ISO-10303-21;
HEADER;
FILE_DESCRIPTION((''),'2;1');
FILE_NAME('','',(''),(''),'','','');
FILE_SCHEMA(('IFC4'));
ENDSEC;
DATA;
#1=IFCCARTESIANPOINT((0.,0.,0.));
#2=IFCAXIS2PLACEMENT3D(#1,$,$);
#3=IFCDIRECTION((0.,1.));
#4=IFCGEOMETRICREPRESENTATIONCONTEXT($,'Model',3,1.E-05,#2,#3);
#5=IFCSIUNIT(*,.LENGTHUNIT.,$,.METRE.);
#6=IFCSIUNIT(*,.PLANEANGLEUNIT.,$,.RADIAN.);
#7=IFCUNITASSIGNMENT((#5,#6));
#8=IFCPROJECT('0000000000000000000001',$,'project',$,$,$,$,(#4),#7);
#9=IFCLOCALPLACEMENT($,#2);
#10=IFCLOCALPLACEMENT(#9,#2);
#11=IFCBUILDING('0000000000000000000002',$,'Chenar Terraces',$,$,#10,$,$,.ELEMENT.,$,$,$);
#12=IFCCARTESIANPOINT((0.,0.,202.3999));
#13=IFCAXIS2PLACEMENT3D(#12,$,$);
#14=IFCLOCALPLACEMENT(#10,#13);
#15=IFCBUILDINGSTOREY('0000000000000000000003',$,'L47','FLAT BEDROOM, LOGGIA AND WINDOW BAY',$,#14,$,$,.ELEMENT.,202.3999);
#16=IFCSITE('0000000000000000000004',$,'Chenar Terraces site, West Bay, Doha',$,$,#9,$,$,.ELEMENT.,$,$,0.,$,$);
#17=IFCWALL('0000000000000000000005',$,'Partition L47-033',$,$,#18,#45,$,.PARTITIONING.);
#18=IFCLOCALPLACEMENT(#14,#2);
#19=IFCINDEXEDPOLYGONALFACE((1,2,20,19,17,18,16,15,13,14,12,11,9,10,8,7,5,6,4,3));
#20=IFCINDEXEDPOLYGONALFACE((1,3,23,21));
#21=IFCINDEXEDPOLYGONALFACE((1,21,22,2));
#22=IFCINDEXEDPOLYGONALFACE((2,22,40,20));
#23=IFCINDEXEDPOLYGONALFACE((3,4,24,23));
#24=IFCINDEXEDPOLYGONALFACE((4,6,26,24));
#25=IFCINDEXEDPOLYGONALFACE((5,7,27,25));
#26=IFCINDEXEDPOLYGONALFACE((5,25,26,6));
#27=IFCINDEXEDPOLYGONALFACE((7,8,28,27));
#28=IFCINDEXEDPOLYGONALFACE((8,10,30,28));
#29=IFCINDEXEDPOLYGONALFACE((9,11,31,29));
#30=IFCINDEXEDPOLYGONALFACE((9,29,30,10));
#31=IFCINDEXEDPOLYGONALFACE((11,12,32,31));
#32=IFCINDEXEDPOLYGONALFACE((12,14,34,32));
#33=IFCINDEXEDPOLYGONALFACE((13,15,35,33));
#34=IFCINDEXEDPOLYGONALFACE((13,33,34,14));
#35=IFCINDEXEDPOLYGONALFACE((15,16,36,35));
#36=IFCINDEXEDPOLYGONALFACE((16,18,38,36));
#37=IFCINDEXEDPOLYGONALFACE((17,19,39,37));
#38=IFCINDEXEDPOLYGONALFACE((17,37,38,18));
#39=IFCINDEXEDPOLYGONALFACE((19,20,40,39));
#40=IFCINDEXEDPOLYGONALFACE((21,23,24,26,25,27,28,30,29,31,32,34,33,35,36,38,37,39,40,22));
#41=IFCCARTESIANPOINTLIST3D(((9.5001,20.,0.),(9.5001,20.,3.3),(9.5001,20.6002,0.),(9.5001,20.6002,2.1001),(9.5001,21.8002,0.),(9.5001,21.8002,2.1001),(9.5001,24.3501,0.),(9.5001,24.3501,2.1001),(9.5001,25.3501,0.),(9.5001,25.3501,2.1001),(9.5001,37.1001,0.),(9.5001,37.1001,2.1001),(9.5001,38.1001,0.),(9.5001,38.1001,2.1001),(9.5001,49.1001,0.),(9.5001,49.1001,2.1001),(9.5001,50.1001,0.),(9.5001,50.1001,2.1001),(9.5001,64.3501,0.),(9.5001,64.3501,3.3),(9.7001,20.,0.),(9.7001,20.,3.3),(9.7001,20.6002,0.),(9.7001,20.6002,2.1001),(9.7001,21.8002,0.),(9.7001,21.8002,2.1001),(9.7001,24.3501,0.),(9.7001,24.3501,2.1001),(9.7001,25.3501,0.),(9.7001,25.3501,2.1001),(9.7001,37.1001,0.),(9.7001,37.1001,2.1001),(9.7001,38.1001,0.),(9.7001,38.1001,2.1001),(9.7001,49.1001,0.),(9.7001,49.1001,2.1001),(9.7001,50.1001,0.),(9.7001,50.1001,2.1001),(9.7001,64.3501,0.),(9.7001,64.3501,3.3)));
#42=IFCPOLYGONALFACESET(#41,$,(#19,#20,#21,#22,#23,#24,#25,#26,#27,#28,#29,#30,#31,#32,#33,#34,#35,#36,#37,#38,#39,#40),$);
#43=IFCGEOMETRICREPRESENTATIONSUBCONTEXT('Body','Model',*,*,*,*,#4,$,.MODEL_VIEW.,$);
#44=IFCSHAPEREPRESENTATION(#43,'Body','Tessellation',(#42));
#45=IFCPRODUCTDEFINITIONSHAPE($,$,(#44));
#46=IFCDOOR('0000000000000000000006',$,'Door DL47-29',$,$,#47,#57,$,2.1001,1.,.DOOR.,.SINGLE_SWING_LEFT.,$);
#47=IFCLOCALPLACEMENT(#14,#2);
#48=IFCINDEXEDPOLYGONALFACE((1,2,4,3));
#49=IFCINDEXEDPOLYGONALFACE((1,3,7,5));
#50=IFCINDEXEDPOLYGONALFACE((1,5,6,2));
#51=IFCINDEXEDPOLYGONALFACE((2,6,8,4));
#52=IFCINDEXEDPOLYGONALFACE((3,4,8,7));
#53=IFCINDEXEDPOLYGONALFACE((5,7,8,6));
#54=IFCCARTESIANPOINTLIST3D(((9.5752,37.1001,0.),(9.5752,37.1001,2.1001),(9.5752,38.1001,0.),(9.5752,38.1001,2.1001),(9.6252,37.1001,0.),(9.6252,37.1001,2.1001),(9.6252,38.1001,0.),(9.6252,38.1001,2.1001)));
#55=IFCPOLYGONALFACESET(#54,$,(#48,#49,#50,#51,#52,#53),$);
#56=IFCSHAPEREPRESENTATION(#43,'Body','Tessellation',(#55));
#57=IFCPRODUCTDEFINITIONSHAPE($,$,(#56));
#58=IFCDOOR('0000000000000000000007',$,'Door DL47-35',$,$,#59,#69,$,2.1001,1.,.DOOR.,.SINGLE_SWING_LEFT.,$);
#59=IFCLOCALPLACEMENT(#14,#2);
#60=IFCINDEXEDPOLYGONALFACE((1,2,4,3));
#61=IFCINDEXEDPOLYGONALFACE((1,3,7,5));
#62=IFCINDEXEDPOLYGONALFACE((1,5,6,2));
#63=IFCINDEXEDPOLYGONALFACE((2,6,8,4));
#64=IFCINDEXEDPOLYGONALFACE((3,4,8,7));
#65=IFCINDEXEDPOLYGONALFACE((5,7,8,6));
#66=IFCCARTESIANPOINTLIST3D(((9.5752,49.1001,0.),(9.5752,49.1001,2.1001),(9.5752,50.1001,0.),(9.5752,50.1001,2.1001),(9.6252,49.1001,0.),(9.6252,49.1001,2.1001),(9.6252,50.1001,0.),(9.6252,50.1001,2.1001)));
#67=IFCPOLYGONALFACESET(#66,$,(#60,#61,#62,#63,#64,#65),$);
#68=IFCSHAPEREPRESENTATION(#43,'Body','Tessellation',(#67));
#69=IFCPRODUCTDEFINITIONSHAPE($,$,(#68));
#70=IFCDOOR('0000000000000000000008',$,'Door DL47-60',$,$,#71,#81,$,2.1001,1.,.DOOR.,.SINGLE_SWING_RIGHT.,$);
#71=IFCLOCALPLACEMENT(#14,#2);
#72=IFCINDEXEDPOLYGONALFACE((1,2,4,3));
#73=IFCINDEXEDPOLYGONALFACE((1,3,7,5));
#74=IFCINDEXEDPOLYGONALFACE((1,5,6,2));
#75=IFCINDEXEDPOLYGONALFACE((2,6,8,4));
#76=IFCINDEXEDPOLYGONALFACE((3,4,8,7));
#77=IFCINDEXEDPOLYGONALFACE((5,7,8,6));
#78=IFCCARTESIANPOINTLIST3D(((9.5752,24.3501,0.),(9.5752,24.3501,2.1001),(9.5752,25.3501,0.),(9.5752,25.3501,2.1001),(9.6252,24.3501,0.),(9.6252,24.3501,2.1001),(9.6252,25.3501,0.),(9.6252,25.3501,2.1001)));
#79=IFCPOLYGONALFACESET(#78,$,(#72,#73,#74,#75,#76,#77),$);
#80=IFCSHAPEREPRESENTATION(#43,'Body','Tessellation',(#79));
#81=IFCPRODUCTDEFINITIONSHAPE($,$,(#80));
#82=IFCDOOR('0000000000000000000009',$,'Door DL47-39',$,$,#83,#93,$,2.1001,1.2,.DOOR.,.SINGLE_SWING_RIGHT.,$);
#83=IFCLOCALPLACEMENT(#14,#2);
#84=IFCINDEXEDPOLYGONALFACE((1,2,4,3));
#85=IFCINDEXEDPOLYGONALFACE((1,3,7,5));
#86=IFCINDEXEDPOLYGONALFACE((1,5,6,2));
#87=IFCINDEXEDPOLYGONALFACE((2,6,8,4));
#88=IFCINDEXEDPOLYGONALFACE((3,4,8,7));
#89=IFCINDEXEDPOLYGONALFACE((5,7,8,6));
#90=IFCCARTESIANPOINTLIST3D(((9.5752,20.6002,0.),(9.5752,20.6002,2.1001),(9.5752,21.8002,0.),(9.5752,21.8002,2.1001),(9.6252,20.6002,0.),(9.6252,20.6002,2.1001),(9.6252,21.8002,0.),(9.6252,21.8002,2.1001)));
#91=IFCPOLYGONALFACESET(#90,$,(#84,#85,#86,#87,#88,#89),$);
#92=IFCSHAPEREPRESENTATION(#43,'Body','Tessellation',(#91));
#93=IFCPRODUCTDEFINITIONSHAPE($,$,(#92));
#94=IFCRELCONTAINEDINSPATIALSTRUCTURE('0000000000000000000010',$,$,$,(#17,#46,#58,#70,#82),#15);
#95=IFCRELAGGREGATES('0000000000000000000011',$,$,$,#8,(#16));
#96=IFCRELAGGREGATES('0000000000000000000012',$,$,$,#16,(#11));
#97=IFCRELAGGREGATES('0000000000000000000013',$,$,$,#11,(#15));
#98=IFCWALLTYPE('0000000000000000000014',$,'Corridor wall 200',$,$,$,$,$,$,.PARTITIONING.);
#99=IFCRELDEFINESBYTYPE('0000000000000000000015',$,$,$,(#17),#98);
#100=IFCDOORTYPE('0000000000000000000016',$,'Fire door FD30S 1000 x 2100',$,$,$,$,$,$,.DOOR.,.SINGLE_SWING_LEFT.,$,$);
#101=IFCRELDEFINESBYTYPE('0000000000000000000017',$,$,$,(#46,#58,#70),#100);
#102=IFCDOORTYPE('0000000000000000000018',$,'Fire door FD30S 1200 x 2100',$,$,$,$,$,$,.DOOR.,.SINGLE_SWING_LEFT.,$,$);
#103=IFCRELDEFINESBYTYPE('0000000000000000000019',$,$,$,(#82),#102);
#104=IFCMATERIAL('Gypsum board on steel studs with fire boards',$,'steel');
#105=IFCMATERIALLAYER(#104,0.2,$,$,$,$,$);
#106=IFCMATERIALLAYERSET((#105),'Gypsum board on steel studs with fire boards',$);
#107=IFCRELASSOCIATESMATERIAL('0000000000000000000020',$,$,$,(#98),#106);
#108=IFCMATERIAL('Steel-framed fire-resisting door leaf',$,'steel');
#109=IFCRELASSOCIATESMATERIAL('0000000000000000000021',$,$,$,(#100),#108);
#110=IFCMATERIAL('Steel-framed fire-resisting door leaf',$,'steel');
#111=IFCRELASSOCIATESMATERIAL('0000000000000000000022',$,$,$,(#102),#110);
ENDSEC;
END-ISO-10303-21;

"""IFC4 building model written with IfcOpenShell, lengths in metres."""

from ifc_helpers import new_model, si_unit, direction, frame, frame_2d, origin, place, context, subcontext, project, spatial, rectangle, extrude, material, layer, layer_set, type_object, element, fill, save


model = new_model("IFC4")

# Units and contexts
model_context = context("Model", 3, precision=1e-05, world=origin(), true_north=direction((0.0, 1.0)))
body_context = subcontext(model_context, "Body", "Model", "MODEL_VIEW")
ifc_project = project(units=[si_unit("LENGTHUNIT", "METRE"), si_unit("PLANEANGLEUNIT", "RADIAN")], contexts=[model_context])

# Site, building, storey
site_placement = place(None, origin())
site = spatial("IfcSite", under=ifc_project, at=site_placement, Name="Chenar Terraces site, West Bay, Doha", CompositionType="ELEMENT", RefElevation=0.0)
building_placement = place(site_placement, origin())
building = spatial("IfcBuilding", under=site, at=building_placement, Name="Chenar Terraces", CompositionType="ELEMENT")
storey_placement = place(building_placement, frame((0.0, 0.0, 202.3999)))
storey = spatial("IfcBuildingStorey", under=building, at=storey_placement, Name="L47", Description="FLAT BEDROOM, LOGGIA AND WINDOW BAY", CompositionType="ELEMENT", Elevation=202.3999)

# Wall, openings, doors
ifc_material_1 = material(Name="Gypsum board on steel studs with fire boards", Category="steel")
ifc_layer_1 = layer(ifc_material_1, 0.2)
ifc_layer_set_1 = layer_set([ifc_layer_1], Name="Gypsum board on steel studs with fire boards")
wall_type_1 = type_object("IfcWallType", Name="Corridor wall 200", PredefinedType="PARTITIONING", material=ifc_layer_set_1)
wall_1_placement = place(storey_placement, frame((9.6001, 20.0, 0.0), z_axis=(0.0, 0.0, 1.0), x_axis=(0.0, 1.0, 0.0)))
wall_1 = element("IfcWall", 1, at=wall_1_placement, inside=storey, type_object=wall_type_1, Name="Partition L47-033", PredefinedType="PARTITIONING", context=body_context, shape_type="SweptSolid", body=[
    extrude(rectangle(XDim=44.3501, YDim=0.2, at=frame_2d((22.175, 0.0))), origin(), (0.0, 0.0, 1.0), 3.3),
])
opening_1_placement = place(wall_1_placement, frame((17.1001, 0.0, 0.0)))
opening_1 = element("IfcOpeningElement", 2, at=opening_1_placement, cuts=wall_1, PredefinedType="OPENING", context=body_context, shape_type="SweptSolid", body=[
    extrude(rectangle(XDim=1.0, YDim=2.1001, at=frame_2d((0.5, 1.05))), frame((0.0, 0.1099, 0.0), z_axis=(0.0, -1.0, 0.0), x_axis=(1.0, 0.0, 0.0)), (0.0, 0.0, 1.0), 0.22),
])
opening_2_placement = place(wall_1_placement, frame((29.1001, 0.0, 0.0)))
opening_2 = element("IfcOpeningElement", 3, at=opening_2_placement, cuts=wall_1, PredefinedType="OPENING", context=body_context, shape_type="SweptSolid", body=[
    extrude(rectangle(XDim=1.0, YDim=2.1001, at=frame_2d((0.5, 1.05))), frame((0.0, 0.1099, 0.0), z_axis=(0.0, -1.0, 0.0), x_axis=(1.0, 0.0, 0.0)), (0.0, 0.0, 1.0), 0.22),
])
opening_3_placement = place(wall_1_placement, frame((0.6001, 0.0, 0.0)))
opening_3 = element("IfcOpeningElement", 4, at=opening_3_placement, cuts=wall_1, PredefinedType="OPENING", context=body_context, shape_type="SweptSolid", body=[
    extrude(rectangle(XDim=1.2, YDim=2.1001, at=frame_2d((0.6001, 1.05))), frame((0.0, 0.1099, 0.0), z_axis=(0.0, -1.0, 0.0), x_axis=(1.0, 0.0, 0.0)), (0.0, 0.0, 1.0), 0.22),
])
opening_4_placement = place(wall_1_placement, frame((4.3501, 0.0, 0.0)))
opening_4 = element("IfcOpeningElement", 5, at=opening_4_placement, cuts=wall_1, PredefinedType="OPENING", context=body_context, shape_type="SweptSolid", body=[
    extrude(rectangle(XDim=1.0, YDim=2.1001, at=frame_2d((0.5, 1.05))), frame((0.0, 0.1099, 0.0), z_axis=(0.0, -1.0, 0.0), x_axis=(1.0, 0.0, 0.0)), (0.0, 0.0, 1.0), 0.22),
])
ifc_material_2 = material(Name="Steel-framed fire-resisting door leaf", Category="steel")
door_type_1 = type_object("IfcDoorType", Name="Fire door FD30S 1000 x 2100", OperationType="SINGLE_SWING_LEFT", PredefinedType="DOOR", material=ifc_material_2)
door_1_placement = place(opening_1_placement, origin())
door_1 = element("IfcDoor", 6, at=door_1_placement, inside=storey, type_object=door_type_1, Name="Door DL47-29", OperationType="SINGLE_SWING_LEFT", OverallHeight=2.1001, OverallWidth=1.0, PredefinedType="DOOR", context=body_context, shape_type="SweptSolid", body=[
    extrude(rectangle(XDim=1.0, YDim=2.1001, at=frame_2d((0.5, 1.05))), frame((0.0, 0.0249, 0.0), z_axis=(0.0, -1.0, 0.0), x_axis=(1.0, 0.0, 0.0)), (0.0, 0.0, 1.0), 0.05),
])
fill(opening_1, door_1)
door_2_placement = place(opening_2_placement, origin())
door_2 = element("IfcDoor", 7, at=door_2_placement, inside=storey, type_object=door_type_1, Name="Door DL47-35", OperationType="SINGLE_SWING_LEFT", OverallHeight=2.1001, OverallWidth=1.0, PredefinedType="DOOR", context=body_context, shape_type="SweptSolid", body=[
    extrude(rectangle(XDim=1.0, YDim=2.1001, at=frame_2d((0.5, 1.05))), frame((0.0, 0.0249, 0.0), z_axis=(0.0, -1.0, 0.0), x_axis=(1.0, 0.0, 0.0)), (0.0, 0.0, 1.0), 0.05),
])
fill(opening_2, door_2)
door_3_placement = place(opening_4_placement, origin())
door_3 = element("IfcDoor", 8, at=door_3_placement, inside=storey, type_object=door_type_1, Name="Door DL47-60", OperationType="SINGLE_SWING_RIGHT", OverallHeight=2.1001, OverallWidth=1.0, PredefinedType="DOOR", context=body_context, shape_type="SweptSolid", body=[
    extrude(rectangle(XDim=1.0, YDim=2.1001, at=frame_2d((0.5, 1.05))), frame((0.0, 0.0249, 0.0), z_axis=(0.0, -1.0, 0.0), x_axis=(1.0, 0.0, 0.0)), (0.0, 0.0, 1.0), 0.05),
])
fill(opening_4, door_3)
ifc_material_3 = material(Name="Steel-framed fire-resisting door leaf", Category="steel")
door_type_2 = type_object("IfcDoorType", Name="Fire door FD30S 1200 x 2100", OperationType="SINGLE_SWING_LEFT", PredefinedType="DOOR", material=ifc_material_3)
door_4_placement = place(opening_3_placement, origin())
door_4 = element("IfcDoor", 9, at=door_4_placement, inside=storey, type_object=door_type_2, Name="Door DL47-39", OperationType="SINGLE_SWING_RIGHT", OverallHeight=2.1001, OverallWidth=1.2, PredefinedType="DOOR", context=body_context, shape_type="SweptSolid", body=[
    extrude(rectangle(XDim=1.2, YDim=2.1001, at=frame_2d((0.6001, 1.05))), frame((0.0, 0.0249, 0.0), z_axis=(0.0, -1.0, 0.0), x_axis=(1.0, 0.0, 0.0)), (0.0, 0.0, 1.0), 0.05),
])
fill(opening_3, door_4)

save(model, "model.ifc")
